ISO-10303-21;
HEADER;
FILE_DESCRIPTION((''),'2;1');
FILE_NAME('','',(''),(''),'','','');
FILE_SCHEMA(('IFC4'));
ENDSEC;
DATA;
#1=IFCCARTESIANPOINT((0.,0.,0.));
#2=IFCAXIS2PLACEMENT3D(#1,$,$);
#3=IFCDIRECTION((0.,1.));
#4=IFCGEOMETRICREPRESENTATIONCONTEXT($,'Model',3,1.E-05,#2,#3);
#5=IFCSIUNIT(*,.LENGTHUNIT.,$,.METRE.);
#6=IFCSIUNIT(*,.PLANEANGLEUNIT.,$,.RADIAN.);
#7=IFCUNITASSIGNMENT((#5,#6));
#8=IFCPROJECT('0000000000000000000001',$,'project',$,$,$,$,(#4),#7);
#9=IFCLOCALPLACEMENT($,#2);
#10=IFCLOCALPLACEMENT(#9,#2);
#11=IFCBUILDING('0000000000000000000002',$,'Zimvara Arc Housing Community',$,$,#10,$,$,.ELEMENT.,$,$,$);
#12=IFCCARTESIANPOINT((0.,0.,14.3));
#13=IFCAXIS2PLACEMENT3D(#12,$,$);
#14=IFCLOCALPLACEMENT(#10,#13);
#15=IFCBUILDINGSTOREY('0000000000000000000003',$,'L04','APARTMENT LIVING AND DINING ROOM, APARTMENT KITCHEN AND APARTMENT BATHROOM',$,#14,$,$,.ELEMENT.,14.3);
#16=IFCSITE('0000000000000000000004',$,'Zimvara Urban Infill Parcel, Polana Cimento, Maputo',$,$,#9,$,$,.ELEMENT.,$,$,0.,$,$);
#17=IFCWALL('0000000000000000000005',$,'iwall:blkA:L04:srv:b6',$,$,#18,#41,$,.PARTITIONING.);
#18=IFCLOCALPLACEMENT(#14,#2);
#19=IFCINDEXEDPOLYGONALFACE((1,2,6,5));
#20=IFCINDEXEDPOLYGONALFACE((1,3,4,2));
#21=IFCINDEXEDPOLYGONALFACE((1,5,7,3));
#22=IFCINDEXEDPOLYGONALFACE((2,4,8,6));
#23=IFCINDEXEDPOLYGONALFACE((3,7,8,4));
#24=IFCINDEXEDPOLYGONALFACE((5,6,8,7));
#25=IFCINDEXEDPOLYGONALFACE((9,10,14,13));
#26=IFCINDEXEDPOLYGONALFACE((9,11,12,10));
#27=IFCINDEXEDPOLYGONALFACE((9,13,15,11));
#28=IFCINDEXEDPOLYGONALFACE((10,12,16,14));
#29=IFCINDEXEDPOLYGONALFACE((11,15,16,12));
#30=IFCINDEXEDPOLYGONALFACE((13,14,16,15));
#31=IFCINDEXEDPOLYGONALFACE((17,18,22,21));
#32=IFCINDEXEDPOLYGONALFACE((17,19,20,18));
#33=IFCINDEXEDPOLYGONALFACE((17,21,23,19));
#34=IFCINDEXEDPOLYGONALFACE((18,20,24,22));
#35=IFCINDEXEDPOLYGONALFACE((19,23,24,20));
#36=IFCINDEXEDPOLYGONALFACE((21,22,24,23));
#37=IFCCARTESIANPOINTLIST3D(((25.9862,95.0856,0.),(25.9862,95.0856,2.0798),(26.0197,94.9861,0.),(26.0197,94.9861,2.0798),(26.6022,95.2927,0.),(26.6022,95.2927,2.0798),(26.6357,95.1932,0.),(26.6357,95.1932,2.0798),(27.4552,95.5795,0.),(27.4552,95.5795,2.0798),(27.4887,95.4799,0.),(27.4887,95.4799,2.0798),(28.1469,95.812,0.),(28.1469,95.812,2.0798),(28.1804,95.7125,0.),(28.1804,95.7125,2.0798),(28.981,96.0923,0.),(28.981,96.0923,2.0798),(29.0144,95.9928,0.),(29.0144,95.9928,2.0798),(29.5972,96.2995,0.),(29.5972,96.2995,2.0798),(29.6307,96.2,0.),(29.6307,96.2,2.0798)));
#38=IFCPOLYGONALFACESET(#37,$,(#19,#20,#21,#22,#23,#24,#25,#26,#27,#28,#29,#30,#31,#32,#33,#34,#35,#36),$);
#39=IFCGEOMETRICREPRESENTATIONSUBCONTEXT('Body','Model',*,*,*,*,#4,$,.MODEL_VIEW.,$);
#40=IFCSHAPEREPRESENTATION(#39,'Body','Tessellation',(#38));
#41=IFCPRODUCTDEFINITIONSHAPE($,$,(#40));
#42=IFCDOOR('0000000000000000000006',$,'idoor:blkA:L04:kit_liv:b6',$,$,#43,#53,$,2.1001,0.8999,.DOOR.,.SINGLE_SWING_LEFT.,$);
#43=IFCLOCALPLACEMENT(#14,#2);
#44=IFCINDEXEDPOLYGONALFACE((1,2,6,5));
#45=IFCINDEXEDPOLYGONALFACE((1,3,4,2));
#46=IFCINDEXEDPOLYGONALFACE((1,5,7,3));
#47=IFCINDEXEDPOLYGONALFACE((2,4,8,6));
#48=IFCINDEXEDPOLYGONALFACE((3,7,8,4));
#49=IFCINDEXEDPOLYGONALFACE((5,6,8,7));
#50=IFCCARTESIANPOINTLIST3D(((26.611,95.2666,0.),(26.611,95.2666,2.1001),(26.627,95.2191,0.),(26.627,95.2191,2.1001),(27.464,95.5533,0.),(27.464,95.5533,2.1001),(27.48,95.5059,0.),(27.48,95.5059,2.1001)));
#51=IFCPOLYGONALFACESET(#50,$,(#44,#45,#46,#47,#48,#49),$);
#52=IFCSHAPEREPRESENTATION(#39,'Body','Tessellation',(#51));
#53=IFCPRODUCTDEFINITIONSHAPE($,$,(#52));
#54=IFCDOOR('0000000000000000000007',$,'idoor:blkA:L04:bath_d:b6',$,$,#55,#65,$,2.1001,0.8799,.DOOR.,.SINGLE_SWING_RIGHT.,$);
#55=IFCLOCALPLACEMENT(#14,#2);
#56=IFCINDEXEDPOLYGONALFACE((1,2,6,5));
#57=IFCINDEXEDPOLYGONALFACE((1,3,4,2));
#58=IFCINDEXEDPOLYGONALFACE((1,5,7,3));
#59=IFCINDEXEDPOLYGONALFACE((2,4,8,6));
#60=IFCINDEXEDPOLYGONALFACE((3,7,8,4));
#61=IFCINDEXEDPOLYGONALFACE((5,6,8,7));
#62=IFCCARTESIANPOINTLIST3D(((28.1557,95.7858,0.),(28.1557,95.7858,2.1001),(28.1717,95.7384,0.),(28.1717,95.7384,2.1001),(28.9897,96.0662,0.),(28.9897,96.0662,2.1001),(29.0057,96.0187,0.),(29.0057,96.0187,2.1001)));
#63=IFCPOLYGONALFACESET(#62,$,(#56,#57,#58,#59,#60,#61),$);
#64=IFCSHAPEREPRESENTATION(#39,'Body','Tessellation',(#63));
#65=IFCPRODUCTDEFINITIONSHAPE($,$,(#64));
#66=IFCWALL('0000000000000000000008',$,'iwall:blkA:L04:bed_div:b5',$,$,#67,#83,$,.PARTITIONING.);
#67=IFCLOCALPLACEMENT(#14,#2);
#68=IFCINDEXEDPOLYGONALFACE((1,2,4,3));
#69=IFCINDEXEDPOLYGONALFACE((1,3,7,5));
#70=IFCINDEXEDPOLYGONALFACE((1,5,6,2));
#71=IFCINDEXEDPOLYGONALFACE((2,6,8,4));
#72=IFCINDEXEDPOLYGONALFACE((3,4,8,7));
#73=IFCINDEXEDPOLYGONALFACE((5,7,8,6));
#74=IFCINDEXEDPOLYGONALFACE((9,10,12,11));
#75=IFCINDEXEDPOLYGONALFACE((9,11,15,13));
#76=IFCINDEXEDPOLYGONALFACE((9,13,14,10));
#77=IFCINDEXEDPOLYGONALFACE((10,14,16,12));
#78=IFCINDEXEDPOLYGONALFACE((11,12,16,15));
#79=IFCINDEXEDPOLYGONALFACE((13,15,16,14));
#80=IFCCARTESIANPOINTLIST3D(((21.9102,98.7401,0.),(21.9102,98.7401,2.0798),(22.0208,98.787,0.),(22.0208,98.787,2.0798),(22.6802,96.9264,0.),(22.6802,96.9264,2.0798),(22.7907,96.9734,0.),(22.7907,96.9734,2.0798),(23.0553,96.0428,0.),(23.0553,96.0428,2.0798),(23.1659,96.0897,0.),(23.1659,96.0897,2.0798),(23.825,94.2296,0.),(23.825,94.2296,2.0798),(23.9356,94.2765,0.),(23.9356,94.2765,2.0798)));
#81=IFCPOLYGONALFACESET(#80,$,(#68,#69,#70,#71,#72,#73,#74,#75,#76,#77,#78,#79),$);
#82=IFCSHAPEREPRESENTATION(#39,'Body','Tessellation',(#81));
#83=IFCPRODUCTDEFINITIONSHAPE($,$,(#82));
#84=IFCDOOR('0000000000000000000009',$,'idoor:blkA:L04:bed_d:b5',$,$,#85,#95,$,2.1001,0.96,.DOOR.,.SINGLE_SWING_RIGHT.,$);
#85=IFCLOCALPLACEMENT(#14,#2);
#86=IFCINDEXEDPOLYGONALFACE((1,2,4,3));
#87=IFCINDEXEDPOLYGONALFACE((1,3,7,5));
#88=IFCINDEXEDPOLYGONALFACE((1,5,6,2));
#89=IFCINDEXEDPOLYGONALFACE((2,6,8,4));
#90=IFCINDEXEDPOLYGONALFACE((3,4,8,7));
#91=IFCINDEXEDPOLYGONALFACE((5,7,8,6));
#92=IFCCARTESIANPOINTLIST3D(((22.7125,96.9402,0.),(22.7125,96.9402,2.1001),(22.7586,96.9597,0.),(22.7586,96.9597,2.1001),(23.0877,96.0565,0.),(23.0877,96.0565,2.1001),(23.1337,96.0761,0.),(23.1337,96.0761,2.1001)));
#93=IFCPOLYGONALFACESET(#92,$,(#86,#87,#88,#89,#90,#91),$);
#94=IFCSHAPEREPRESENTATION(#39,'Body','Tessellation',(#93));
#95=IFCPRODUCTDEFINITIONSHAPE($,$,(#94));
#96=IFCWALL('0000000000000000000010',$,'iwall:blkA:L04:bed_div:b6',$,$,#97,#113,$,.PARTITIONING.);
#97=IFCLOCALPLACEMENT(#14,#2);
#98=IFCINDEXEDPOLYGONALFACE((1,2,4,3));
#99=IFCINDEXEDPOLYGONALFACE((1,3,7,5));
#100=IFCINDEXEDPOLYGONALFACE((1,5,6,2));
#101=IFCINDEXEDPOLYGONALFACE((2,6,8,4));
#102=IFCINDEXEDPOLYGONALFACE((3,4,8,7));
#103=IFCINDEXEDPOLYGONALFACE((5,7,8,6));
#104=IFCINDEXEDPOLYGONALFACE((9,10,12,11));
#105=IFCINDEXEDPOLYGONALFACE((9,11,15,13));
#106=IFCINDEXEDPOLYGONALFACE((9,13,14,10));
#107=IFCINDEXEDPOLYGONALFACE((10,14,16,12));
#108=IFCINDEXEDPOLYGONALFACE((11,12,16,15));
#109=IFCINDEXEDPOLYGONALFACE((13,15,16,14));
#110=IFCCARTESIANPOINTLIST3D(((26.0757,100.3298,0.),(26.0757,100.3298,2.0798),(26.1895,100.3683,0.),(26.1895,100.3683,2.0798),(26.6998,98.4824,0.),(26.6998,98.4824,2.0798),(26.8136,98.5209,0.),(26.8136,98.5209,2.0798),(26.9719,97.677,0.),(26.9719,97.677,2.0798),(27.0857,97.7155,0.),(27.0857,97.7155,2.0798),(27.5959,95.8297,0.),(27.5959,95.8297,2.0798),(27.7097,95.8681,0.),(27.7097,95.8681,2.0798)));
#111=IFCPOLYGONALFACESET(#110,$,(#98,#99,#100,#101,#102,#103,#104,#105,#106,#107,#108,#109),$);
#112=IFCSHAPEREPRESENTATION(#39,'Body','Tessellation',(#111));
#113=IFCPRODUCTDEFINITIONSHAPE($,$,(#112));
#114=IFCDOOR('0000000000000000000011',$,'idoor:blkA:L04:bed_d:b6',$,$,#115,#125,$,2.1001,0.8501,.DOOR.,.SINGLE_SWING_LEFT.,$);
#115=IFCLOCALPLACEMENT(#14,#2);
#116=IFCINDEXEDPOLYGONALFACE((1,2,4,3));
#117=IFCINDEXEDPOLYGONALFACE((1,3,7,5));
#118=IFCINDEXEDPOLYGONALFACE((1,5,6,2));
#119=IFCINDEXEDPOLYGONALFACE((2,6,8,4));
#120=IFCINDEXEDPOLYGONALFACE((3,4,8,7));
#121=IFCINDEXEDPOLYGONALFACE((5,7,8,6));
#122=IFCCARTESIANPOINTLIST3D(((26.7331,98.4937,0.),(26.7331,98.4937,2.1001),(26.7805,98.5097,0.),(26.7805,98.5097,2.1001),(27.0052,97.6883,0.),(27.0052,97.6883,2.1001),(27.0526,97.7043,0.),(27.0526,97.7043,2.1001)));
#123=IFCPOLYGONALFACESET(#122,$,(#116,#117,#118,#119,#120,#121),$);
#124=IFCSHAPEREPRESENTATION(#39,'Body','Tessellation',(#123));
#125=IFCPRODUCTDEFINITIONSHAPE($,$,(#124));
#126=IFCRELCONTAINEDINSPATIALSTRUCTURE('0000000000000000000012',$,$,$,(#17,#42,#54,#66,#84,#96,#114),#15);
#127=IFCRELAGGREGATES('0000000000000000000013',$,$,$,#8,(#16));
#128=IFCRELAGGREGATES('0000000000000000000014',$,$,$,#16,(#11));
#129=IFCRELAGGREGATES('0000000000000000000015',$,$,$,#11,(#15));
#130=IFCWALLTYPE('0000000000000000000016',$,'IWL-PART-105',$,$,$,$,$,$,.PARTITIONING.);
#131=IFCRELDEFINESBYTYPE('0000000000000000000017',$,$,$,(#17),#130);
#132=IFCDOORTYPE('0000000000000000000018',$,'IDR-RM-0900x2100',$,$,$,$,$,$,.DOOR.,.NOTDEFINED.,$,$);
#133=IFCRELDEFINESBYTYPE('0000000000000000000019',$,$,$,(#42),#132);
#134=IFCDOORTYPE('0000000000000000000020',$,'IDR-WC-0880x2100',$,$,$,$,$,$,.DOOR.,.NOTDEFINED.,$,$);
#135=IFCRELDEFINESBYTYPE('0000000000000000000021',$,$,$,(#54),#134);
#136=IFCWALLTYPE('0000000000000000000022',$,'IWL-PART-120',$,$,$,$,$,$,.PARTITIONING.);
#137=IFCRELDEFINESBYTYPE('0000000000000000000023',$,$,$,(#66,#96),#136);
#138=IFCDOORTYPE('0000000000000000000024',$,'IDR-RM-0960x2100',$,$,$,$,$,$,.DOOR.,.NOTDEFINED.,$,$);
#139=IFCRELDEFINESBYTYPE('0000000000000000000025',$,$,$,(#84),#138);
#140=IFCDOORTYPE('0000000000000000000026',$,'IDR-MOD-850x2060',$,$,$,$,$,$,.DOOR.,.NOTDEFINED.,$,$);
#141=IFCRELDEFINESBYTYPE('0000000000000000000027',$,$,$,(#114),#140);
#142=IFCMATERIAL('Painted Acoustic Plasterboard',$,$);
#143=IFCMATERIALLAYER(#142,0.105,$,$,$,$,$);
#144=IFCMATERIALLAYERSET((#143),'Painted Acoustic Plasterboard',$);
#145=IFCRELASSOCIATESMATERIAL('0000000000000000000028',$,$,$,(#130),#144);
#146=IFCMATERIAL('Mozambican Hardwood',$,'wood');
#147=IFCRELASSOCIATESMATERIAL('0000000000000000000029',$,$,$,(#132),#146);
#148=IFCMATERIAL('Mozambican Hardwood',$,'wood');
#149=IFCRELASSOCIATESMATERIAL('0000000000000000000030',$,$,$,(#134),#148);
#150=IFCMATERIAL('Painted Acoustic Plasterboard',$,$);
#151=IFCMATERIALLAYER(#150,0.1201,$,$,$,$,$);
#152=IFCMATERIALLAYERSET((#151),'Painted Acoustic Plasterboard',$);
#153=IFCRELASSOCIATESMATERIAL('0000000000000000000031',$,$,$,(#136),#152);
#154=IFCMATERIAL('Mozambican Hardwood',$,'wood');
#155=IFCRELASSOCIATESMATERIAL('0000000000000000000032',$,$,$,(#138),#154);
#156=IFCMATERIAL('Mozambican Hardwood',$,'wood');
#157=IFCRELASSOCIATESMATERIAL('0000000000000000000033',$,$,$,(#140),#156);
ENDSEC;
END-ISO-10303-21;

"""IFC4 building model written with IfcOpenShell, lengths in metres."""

from ifc_helpers import new_model, si_unit, direction, frame, frame_2d, origin, place, context, subcontext, project, spatial, rectangle, extrude, material, layer, layer_set, type_object, element, fill, save


model = new_model("IFC4")

# Units and contexts
model_context = context("Model", 3, precision=1e-05, world=origin(), true_north=direction((0.0, 1.0)))
body_context = subcontext(model_context, "Body", "Model", "MODEL_VIEW")
ifc_project = project(units=[si_unit("LENGTHUNIT", "METRE"), si_unit("PLANEANGLEUNIT", "RADIAN")], contexts=[model_context])

# Site, building, storey
site_placement = place(None, origin())
site = spatial("IfcSite", under=ifc_project, at=site_placement, Name="Zimvara Urban Infill Parcel, Polana Cimento, Maputo", CompositionType="ELEMENT", RefElevation=0.0)
building_placement = place(site_placement, origin())
building = spatial("IfcBuilding", under=site, at=building_placement, Name="Zimvara Arc Housing Community", CompositionType="ELEMENT")
storey_placement = place(building_placement, frame((0.0, 0.0, 14.3)))
storey = spatial("IfcBuildingStorey", under=building, at=storey_placement, Name="L04", Description="APARTMENT LIVING AND DINING ROOM, APARTMENT KITCHEN AND APARTMENT BATHROOM", CompositionType="ELEMENT", Elevation=14.3)

# Wall, openings, doors
ifc_material_1 = material(Name="Painted Acoustic Plasterboard")
ifc_layer_1 = layer(ifc_material_1, 0.105)
ifc_layer_set_1 = layer_set([ifc_layer_1], Name="Painted Acoustic Plasterboard")
wall_type_1 = type_object("IfcWallType", Name="IWL-PART-105", PredefinedType="PARTITIONING", material=ifc_layer_set_1)
wall_1_placement = place(storey_placement, frame((26.0029, 95.0359, 0.0), z_axis=(0.0, 0.0, 1.0), x_axis=(0.947879, 0.31863, 0.0)))
wall_1 = element("IfcWall", 1, at=wall_1_placement, inside=storey, type_object=wall_type_1, Name="iwall:blkA:L04:srv:b6", PredefinedType="PARTITIONING", context=body_context, shape_type="SweptSolid", body=[
    extrude(rectangle(XDim=3.8096, YDim=0.105, at=frame_2d((1.9048, 0.0))), origin(), (0.0, 0.0, 1.0), 2.0798),
])
opening_1_placement = place(wall_1_placement, frame((0.6499, 0.0, 0.0)))
opening_1 = element("IfcOpeningElement", 2, at=opening_1_placement, cuts=wall_1, PredefinedType="OPENING", context=body_context, shape_type="SweptSolid", body=[
    extrude(rectangle(XDim=0.8999, YDim=2.1001, at=frame_2d((0.45, 1.05))), frame((0.0, 0.0625, 0.0), z_axis=(0.0, -1.0, 0.0), x_axis=(1.0, 0.0, 0.0)), (0.0, 0.0, 1.0), 0.125),
])
opening_2_placement = place(wall_1_placement, frame((2.2795, 0.0, 0.0)))
opening_2 = element("IfcOpeningElement", 3, at=opening_2_placement, cuts=wall_1, PredefinedType="OPENING", context=body_context, shape_type="SweptSolid", body=[
    extrude(rectangle(XDim=0.8799, YDim=2.1001, at=frame_2d((0.4399, 1.05))), frame((0.0, 0.0625, 0.0), z_axis=(0.0, -1.0, 0.0), x_axis=(1.0, 0.0, 0.0)), (0.0, 0.0, 1.0), 0.125),
])
ifc_material_2 = material(Name="Mozambican Hardwood", Category="wood")
door_type_1 = type_object("IfcDoorType", Name="IDR-RM-0900x2100", OperationType="NOTDEFINED", PredefinedType="DOOR", material=ifc_material_2)
door_1_placement = place(opening_1_placement, origin())
door_1 = element("IfcDoor", 4, at=door_1_placement, inside=storey, type_object=door_type_1, Name="idoor:blkA:L04:kit_liv:b6", OperationType="SINGLE_SWING_LEFT", OverallHeight=2.1001, OverallWidth=0.8999, PredefinedType="DOOR", context=body_context, shape_type="SweptSolid", body=[
    extrude(rectangle(XDim=0.8999, YDim=2.1001, at=frame_2d((0.45, 1.05))), frame((0.0, 0.0249, 0.0), z_axis=(0.0, -1.0, 0.0), x_axis=(1.0, 0.0, 0.0)), (0.0, 0.0, 1.0), 0.05),
])
fill(opening_1, door_1)
ifc_material_3 = material(Name="Mozambican Hardwood", Category="wood")
door_type_2 = type_object("IfcDoorType", Name="IDR-WC-0880x2100", OperationType="NOTDEFINED", PredefinedType="DOOR", material=ifc_material_3)
door_2_placement = place(opening_2_placement, origin())
door_2 = element("IfcDoor", 5, at=door_2_placement, inside=storey, type_object=door_type_2, Name="idoor:blkA:L04:bath_d:b6", OperationType="SINGLE_SWING_RIGHT", OverallHeight=2.1001, OverallWidth=0.8799, PredefinedType="DOOR", context=body_context, shape_type="SweptSolid", body=[
    extrude(rectangle(XDim=0.8799, YDim=2.1001, at=frame_2d((0.4399, 1.05))), frame((0.0, 0.0249, 0.0), z_axis=(0.0, -1.0, 0.0), x_axis=(1.0, 0.0, 0.0)), (0.0, 0.0, 1.0), 0.05),
])
fill(opening_2, door_2)

# Walls, openings, doors
ifc_material_4 = material(Name="Painted Acoustic Plasterboard")
ifc_layer_2 = layer(ifc_material_4, 0.1201)
ifc_layer_set_2 = layer_set([ifc_layer_2], Name="Painted Acoustic Plasterboard")
wall_type_2 = type_object("IfcWallType", Name="IWL-PART-120", PredefinedType="PARTITIONING", material=ifc_layer_set_2)
wall_2_placement = place(storey_placement, frame((23.8804, 94.2529, 0.0), z_axis=(0.0, 0.0, 1.0), x_axis=(-0.390766, 0.92049, 0.0)))
wall_2 = element("IfcWall", 6, at=wall_2_placement, inside=storey, type_object=wall_type_2, Name="iwall:blkA:L04:bed_div:b5", PredefinedType="PARTITIONING", context=body_context, shape_type="SweptSolid", body=[
    extrude(rectangle(XDim=4.9001, YDim=0.1201, at=frame_2d((2.4502, 0.0))), origin(), (0.0, 0.0, 1.0), 2.0798),
])
opening_3_placement = place(wall_2_placement, frame((1.97, 0.0, 0.0)))
opening_3 = element("IfcOpeningElement", 7, at=opening_3_placement, cuts=wall_2, PredefinedType="OPENING", context=body_context, shape_type="SweptSolid", body=[
    extrude(rectangle(XDim=0.96, YDim=2.1001, at=frame_2d((0.48, 1.05))), frame((0.0, 0.0701, 0.0), z_axis=(0.0, -1.0, 0.0), x_axis=(1.0, 0.0, 0.0)), (0.0, 0.0, 1.0), 0.1401),
])
ifc_material_5 = material(Name="Mozambican Hardwood", Category="wood")
door_type_3 = type_object("IfcDoorType", Name="IDR-RM-0960x2100", OperationType="NOTDEFINED", PredefinedType="DOOR", material=ifc_material_5)
door_3_placement = place(opening_3_placement, origin())
door_3 = element("IfcDoor", 8, at=door_3_placement, inside=storey, type_object=door_type_3, Name="idoor:blkA:L04:bed_d:b5", OperationType="SINGLE_SWING_RIGHT", OverallHeight=2.1001, OverallWidth=0.96, PredefinedType="DOOR", context=body_context, shape_type="SweptSolid", body=[
    extrude(rectangle(XDim=0.96, YDim=2.1001, at=frame_2d((0.48, 1.05))), frame((0.0, 0.0249, 0.0), z_axis=(0.0, -1.0, 0.0), x_axis=(1.0, 0.0, 0.0)), (0.0, 0.0, 1.0), 0.05),
])
fill(opening_3, door_3)
wall_3_placement = place(storey_placement, frame((27.6528, 95.8489, 0.0), z_axis=(0.0, 0.0, 1.0), x_axis=(-0.320049, 0.947401, 0.0)))
wall_3 = element("IfcWall", 9, at=wall_3_placement, inside=storey, type_object=wall_type_2, Name="iwall:blkA:L04:bed_div:b6", PredefinedType="PARTITIONING", context=body_context, shape_type="SweptSolid", body=[
    extrude(rectangle(XDim=4.75, YDim=0.1201, at=frame_2d((2.375, 0.0))), origin(), (0.0, 0.0, 1.0), 2.0798),
])
opening_4_placement = place(wall_3_placement, frame((1.95, 0.0, 0.0)))
opening_4 = element("IfcOpeningElement", 10, at=opening_4_placement, cuts=wall_3, PredefinedType="OPENING", context=body_context, shape_type="SweptSolid", body=[
    extrude(rectangle(XDim=0.8501, YDim=2.1001, at=frame_2d((0.425, 1.05))), frame((0.0, 0.0701, 0.0), z_axis=(0.0, -1.0, 0.0), x_axis=(1.0, 0.0, 0.0)), (0.0, 0.0, 1.0), 0.1401),
])
ifc_material_6 = material(Name="Mozambican Hardwood", Category="wood")
door_type_4 = type_object("IfcDoorType", Name="IDR-MOD-850x2060", OperationType="NOTDEFINED", PredefinedType="DOOR", material=ifc_material_6)
door_4_placement = place(opening_4_placement, origin())
door_4 = element("IfcDoor", 11, at=door_4_placement, inside=storey, type_object=door_type_4, Name="idoor:blkA:L04:bed_d:b6", OperationType="SINGLE_SWING_LEFT", OverallHeight=2.1001, OverallWidth=0.8501, PredefinedType="DOOR", context=body_context, shape_type="SweptSolid", body=[
    extrude(rectangle(XDim=0.8501, YDim=2.1001, at=frame_2d((0.425, 1.05))), frame((0.0, 0.0249, 0.0), z_axis=(0.0, -1.0, 0.0), x_axis=(1.0, 0.0, 0.0)), (0.0, 0.0, 1.0), 0.05),
])
fill(opening_4, door_4)

save(model, "model.ifc")
